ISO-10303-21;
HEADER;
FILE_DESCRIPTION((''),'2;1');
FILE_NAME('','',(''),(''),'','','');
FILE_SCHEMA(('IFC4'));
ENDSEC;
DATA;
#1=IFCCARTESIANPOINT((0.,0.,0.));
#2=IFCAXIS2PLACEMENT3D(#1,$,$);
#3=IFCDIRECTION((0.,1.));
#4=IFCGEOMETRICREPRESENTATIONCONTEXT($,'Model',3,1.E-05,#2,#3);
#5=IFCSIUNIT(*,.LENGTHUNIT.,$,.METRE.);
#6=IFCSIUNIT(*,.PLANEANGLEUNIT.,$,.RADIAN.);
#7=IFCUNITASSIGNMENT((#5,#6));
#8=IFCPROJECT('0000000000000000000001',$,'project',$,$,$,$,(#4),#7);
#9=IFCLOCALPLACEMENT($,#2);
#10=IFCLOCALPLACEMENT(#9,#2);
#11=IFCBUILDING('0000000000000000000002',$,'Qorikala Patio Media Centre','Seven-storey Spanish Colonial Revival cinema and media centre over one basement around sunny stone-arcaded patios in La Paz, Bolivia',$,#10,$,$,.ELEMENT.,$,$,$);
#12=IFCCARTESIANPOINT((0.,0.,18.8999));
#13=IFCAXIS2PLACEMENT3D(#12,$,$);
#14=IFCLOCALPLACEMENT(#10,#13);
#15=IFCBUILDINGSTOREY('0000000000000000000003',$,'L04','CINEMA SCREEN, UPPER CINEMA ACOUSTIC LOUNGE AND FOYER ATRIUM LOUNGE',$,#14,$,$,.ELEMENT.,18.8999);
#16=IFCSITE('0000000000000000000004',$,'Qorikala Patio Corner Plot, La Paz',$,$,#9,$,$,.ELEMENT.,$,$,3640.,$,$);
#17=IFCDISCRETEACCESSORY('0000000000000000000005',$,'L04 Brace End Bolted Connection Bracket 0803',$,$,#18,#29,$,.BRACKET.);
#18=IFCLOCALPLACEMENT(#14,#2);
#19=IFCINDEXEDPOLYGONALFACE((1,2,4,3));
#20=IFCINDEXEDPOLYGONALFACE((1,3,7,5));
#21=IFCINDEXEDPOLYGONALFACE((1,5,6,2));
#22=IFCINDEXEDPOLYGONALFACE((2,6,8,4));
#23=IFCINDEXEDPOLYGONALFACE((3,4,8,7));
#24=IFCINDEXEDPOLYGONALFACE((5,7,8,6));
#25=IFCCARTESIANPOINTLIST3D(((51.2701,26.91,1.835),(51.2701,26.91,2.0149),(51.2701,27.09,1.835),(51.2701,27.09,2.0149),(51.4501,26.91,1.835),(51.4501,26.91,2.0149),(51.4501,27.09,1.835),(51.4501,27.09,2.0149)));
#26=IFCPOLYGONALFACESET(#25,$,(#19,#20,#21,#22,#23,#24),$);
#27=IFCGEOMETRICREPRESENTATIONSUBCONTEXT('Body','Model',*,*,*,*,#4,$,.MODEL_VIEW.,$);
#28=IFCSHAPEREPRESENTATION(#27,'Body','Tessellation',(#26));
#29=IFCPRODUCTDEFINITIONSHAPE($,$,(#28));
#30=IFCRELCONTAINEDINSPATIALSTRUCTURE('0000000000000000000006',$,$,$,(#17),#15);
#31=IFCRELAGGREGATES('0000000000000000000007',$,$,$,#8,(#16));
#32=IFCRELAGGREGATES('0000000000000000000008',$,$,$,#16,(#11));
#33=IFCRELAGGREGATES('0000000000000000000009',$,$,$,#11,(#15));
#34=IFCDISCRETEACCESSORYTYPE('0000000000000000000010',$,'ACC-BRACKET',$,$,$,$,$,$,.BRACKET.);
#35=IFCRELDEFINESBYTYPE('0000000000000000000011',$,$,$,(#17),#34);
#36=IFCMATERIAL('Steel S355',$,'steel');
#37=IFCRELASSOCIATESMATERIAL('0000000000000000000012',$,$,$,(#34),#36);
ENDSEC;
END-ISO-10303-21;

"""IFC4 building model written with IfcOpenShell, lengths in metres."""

from ifc_helpers import new_model, si_unit, direction, frame, origin, origin_2d, place, context, subcontext, project, spatial, rectangle, extrude, material, type_object, element, save


model = new_model("IFC4")

# Units and contexts
model_context = context("Model", 3, precision=1e-05, world=origin(), true_north=direction((0.0, 1.0)))
body_context = subcontext(model_context, "Body", "Model", "MODEL_VIEW")
ifc_project = project(units=[si_unit("LENGTHUNIT", "METRE"), si_unit("PLANEANGLEUNIT", "RADIAN")], contexts=[model_context])

# Site, building, storey
site_placement = place(None, origin())
site = spatial("IfcSite", under=ifc_project, at=site_placement, Name="Qorikala Patio Corner Plot, La Paz", CompositionType="ELEMENT", RefElevation=3640.0)
building_placement = place(site_placement, origin())
building = spatial("IfcBuilding", under=site, at=building_placement, Name="Qorikala Patio Media Centre", Description="Seven-storey Spanish Colonial Revival cinema and media centre over one basement around sunny stone-arcaded patios in La Paz, Bolivia", CompositionType="ELEMENT")
storey_placement = place(building_placement, frame((0.0, 0.0, 18.8999)))
storey = spatial("IfcBuildingStorey", under=building, at=storey_placement, Name="L04", Description="CINEMA SCREEN, UPPER CINEMA ACOUSTIC LOUNGE AND FOYER ATRIUM LOUNGE", CompositionType="ELEMENT", Elevation=18.8999)

# Discrete accessory
ifc_material_1 = material(Name="Steel S355", Category="steel")
discrete_accessory_type = type_object("IfcDiscreteAccessoryType", Name="ACC-BRACKET", PredefinedType="BRACKET", material=ifc_material_1)
for number, where, z_axis, x_axis, name in (
    (1, (51.3601, 27.0, 1.835), (0.0, 0.0, 1.0), (1.0, 0.0, 0.0), "L04 Brace End Bolted Connection Bracket 0803"),
):
    element("IfcDiscreteAccessory", number, at=place(storey_placement, frame(where, z_axis=z_axis, x_axis=x_axis)), inside=storey, type_object=discrete_accessory_type, Name=name, PredefinedType="BRACKET", context=body_context, shape_type="SweptSolid", body=[
        extrude(rectangle(XDim=0.1799, YDim=0.1799, at=origin_2d()), origin(), (0.0, 0.0, 1.0), 0.1799),
    ])

save(model, "model.ifc")
